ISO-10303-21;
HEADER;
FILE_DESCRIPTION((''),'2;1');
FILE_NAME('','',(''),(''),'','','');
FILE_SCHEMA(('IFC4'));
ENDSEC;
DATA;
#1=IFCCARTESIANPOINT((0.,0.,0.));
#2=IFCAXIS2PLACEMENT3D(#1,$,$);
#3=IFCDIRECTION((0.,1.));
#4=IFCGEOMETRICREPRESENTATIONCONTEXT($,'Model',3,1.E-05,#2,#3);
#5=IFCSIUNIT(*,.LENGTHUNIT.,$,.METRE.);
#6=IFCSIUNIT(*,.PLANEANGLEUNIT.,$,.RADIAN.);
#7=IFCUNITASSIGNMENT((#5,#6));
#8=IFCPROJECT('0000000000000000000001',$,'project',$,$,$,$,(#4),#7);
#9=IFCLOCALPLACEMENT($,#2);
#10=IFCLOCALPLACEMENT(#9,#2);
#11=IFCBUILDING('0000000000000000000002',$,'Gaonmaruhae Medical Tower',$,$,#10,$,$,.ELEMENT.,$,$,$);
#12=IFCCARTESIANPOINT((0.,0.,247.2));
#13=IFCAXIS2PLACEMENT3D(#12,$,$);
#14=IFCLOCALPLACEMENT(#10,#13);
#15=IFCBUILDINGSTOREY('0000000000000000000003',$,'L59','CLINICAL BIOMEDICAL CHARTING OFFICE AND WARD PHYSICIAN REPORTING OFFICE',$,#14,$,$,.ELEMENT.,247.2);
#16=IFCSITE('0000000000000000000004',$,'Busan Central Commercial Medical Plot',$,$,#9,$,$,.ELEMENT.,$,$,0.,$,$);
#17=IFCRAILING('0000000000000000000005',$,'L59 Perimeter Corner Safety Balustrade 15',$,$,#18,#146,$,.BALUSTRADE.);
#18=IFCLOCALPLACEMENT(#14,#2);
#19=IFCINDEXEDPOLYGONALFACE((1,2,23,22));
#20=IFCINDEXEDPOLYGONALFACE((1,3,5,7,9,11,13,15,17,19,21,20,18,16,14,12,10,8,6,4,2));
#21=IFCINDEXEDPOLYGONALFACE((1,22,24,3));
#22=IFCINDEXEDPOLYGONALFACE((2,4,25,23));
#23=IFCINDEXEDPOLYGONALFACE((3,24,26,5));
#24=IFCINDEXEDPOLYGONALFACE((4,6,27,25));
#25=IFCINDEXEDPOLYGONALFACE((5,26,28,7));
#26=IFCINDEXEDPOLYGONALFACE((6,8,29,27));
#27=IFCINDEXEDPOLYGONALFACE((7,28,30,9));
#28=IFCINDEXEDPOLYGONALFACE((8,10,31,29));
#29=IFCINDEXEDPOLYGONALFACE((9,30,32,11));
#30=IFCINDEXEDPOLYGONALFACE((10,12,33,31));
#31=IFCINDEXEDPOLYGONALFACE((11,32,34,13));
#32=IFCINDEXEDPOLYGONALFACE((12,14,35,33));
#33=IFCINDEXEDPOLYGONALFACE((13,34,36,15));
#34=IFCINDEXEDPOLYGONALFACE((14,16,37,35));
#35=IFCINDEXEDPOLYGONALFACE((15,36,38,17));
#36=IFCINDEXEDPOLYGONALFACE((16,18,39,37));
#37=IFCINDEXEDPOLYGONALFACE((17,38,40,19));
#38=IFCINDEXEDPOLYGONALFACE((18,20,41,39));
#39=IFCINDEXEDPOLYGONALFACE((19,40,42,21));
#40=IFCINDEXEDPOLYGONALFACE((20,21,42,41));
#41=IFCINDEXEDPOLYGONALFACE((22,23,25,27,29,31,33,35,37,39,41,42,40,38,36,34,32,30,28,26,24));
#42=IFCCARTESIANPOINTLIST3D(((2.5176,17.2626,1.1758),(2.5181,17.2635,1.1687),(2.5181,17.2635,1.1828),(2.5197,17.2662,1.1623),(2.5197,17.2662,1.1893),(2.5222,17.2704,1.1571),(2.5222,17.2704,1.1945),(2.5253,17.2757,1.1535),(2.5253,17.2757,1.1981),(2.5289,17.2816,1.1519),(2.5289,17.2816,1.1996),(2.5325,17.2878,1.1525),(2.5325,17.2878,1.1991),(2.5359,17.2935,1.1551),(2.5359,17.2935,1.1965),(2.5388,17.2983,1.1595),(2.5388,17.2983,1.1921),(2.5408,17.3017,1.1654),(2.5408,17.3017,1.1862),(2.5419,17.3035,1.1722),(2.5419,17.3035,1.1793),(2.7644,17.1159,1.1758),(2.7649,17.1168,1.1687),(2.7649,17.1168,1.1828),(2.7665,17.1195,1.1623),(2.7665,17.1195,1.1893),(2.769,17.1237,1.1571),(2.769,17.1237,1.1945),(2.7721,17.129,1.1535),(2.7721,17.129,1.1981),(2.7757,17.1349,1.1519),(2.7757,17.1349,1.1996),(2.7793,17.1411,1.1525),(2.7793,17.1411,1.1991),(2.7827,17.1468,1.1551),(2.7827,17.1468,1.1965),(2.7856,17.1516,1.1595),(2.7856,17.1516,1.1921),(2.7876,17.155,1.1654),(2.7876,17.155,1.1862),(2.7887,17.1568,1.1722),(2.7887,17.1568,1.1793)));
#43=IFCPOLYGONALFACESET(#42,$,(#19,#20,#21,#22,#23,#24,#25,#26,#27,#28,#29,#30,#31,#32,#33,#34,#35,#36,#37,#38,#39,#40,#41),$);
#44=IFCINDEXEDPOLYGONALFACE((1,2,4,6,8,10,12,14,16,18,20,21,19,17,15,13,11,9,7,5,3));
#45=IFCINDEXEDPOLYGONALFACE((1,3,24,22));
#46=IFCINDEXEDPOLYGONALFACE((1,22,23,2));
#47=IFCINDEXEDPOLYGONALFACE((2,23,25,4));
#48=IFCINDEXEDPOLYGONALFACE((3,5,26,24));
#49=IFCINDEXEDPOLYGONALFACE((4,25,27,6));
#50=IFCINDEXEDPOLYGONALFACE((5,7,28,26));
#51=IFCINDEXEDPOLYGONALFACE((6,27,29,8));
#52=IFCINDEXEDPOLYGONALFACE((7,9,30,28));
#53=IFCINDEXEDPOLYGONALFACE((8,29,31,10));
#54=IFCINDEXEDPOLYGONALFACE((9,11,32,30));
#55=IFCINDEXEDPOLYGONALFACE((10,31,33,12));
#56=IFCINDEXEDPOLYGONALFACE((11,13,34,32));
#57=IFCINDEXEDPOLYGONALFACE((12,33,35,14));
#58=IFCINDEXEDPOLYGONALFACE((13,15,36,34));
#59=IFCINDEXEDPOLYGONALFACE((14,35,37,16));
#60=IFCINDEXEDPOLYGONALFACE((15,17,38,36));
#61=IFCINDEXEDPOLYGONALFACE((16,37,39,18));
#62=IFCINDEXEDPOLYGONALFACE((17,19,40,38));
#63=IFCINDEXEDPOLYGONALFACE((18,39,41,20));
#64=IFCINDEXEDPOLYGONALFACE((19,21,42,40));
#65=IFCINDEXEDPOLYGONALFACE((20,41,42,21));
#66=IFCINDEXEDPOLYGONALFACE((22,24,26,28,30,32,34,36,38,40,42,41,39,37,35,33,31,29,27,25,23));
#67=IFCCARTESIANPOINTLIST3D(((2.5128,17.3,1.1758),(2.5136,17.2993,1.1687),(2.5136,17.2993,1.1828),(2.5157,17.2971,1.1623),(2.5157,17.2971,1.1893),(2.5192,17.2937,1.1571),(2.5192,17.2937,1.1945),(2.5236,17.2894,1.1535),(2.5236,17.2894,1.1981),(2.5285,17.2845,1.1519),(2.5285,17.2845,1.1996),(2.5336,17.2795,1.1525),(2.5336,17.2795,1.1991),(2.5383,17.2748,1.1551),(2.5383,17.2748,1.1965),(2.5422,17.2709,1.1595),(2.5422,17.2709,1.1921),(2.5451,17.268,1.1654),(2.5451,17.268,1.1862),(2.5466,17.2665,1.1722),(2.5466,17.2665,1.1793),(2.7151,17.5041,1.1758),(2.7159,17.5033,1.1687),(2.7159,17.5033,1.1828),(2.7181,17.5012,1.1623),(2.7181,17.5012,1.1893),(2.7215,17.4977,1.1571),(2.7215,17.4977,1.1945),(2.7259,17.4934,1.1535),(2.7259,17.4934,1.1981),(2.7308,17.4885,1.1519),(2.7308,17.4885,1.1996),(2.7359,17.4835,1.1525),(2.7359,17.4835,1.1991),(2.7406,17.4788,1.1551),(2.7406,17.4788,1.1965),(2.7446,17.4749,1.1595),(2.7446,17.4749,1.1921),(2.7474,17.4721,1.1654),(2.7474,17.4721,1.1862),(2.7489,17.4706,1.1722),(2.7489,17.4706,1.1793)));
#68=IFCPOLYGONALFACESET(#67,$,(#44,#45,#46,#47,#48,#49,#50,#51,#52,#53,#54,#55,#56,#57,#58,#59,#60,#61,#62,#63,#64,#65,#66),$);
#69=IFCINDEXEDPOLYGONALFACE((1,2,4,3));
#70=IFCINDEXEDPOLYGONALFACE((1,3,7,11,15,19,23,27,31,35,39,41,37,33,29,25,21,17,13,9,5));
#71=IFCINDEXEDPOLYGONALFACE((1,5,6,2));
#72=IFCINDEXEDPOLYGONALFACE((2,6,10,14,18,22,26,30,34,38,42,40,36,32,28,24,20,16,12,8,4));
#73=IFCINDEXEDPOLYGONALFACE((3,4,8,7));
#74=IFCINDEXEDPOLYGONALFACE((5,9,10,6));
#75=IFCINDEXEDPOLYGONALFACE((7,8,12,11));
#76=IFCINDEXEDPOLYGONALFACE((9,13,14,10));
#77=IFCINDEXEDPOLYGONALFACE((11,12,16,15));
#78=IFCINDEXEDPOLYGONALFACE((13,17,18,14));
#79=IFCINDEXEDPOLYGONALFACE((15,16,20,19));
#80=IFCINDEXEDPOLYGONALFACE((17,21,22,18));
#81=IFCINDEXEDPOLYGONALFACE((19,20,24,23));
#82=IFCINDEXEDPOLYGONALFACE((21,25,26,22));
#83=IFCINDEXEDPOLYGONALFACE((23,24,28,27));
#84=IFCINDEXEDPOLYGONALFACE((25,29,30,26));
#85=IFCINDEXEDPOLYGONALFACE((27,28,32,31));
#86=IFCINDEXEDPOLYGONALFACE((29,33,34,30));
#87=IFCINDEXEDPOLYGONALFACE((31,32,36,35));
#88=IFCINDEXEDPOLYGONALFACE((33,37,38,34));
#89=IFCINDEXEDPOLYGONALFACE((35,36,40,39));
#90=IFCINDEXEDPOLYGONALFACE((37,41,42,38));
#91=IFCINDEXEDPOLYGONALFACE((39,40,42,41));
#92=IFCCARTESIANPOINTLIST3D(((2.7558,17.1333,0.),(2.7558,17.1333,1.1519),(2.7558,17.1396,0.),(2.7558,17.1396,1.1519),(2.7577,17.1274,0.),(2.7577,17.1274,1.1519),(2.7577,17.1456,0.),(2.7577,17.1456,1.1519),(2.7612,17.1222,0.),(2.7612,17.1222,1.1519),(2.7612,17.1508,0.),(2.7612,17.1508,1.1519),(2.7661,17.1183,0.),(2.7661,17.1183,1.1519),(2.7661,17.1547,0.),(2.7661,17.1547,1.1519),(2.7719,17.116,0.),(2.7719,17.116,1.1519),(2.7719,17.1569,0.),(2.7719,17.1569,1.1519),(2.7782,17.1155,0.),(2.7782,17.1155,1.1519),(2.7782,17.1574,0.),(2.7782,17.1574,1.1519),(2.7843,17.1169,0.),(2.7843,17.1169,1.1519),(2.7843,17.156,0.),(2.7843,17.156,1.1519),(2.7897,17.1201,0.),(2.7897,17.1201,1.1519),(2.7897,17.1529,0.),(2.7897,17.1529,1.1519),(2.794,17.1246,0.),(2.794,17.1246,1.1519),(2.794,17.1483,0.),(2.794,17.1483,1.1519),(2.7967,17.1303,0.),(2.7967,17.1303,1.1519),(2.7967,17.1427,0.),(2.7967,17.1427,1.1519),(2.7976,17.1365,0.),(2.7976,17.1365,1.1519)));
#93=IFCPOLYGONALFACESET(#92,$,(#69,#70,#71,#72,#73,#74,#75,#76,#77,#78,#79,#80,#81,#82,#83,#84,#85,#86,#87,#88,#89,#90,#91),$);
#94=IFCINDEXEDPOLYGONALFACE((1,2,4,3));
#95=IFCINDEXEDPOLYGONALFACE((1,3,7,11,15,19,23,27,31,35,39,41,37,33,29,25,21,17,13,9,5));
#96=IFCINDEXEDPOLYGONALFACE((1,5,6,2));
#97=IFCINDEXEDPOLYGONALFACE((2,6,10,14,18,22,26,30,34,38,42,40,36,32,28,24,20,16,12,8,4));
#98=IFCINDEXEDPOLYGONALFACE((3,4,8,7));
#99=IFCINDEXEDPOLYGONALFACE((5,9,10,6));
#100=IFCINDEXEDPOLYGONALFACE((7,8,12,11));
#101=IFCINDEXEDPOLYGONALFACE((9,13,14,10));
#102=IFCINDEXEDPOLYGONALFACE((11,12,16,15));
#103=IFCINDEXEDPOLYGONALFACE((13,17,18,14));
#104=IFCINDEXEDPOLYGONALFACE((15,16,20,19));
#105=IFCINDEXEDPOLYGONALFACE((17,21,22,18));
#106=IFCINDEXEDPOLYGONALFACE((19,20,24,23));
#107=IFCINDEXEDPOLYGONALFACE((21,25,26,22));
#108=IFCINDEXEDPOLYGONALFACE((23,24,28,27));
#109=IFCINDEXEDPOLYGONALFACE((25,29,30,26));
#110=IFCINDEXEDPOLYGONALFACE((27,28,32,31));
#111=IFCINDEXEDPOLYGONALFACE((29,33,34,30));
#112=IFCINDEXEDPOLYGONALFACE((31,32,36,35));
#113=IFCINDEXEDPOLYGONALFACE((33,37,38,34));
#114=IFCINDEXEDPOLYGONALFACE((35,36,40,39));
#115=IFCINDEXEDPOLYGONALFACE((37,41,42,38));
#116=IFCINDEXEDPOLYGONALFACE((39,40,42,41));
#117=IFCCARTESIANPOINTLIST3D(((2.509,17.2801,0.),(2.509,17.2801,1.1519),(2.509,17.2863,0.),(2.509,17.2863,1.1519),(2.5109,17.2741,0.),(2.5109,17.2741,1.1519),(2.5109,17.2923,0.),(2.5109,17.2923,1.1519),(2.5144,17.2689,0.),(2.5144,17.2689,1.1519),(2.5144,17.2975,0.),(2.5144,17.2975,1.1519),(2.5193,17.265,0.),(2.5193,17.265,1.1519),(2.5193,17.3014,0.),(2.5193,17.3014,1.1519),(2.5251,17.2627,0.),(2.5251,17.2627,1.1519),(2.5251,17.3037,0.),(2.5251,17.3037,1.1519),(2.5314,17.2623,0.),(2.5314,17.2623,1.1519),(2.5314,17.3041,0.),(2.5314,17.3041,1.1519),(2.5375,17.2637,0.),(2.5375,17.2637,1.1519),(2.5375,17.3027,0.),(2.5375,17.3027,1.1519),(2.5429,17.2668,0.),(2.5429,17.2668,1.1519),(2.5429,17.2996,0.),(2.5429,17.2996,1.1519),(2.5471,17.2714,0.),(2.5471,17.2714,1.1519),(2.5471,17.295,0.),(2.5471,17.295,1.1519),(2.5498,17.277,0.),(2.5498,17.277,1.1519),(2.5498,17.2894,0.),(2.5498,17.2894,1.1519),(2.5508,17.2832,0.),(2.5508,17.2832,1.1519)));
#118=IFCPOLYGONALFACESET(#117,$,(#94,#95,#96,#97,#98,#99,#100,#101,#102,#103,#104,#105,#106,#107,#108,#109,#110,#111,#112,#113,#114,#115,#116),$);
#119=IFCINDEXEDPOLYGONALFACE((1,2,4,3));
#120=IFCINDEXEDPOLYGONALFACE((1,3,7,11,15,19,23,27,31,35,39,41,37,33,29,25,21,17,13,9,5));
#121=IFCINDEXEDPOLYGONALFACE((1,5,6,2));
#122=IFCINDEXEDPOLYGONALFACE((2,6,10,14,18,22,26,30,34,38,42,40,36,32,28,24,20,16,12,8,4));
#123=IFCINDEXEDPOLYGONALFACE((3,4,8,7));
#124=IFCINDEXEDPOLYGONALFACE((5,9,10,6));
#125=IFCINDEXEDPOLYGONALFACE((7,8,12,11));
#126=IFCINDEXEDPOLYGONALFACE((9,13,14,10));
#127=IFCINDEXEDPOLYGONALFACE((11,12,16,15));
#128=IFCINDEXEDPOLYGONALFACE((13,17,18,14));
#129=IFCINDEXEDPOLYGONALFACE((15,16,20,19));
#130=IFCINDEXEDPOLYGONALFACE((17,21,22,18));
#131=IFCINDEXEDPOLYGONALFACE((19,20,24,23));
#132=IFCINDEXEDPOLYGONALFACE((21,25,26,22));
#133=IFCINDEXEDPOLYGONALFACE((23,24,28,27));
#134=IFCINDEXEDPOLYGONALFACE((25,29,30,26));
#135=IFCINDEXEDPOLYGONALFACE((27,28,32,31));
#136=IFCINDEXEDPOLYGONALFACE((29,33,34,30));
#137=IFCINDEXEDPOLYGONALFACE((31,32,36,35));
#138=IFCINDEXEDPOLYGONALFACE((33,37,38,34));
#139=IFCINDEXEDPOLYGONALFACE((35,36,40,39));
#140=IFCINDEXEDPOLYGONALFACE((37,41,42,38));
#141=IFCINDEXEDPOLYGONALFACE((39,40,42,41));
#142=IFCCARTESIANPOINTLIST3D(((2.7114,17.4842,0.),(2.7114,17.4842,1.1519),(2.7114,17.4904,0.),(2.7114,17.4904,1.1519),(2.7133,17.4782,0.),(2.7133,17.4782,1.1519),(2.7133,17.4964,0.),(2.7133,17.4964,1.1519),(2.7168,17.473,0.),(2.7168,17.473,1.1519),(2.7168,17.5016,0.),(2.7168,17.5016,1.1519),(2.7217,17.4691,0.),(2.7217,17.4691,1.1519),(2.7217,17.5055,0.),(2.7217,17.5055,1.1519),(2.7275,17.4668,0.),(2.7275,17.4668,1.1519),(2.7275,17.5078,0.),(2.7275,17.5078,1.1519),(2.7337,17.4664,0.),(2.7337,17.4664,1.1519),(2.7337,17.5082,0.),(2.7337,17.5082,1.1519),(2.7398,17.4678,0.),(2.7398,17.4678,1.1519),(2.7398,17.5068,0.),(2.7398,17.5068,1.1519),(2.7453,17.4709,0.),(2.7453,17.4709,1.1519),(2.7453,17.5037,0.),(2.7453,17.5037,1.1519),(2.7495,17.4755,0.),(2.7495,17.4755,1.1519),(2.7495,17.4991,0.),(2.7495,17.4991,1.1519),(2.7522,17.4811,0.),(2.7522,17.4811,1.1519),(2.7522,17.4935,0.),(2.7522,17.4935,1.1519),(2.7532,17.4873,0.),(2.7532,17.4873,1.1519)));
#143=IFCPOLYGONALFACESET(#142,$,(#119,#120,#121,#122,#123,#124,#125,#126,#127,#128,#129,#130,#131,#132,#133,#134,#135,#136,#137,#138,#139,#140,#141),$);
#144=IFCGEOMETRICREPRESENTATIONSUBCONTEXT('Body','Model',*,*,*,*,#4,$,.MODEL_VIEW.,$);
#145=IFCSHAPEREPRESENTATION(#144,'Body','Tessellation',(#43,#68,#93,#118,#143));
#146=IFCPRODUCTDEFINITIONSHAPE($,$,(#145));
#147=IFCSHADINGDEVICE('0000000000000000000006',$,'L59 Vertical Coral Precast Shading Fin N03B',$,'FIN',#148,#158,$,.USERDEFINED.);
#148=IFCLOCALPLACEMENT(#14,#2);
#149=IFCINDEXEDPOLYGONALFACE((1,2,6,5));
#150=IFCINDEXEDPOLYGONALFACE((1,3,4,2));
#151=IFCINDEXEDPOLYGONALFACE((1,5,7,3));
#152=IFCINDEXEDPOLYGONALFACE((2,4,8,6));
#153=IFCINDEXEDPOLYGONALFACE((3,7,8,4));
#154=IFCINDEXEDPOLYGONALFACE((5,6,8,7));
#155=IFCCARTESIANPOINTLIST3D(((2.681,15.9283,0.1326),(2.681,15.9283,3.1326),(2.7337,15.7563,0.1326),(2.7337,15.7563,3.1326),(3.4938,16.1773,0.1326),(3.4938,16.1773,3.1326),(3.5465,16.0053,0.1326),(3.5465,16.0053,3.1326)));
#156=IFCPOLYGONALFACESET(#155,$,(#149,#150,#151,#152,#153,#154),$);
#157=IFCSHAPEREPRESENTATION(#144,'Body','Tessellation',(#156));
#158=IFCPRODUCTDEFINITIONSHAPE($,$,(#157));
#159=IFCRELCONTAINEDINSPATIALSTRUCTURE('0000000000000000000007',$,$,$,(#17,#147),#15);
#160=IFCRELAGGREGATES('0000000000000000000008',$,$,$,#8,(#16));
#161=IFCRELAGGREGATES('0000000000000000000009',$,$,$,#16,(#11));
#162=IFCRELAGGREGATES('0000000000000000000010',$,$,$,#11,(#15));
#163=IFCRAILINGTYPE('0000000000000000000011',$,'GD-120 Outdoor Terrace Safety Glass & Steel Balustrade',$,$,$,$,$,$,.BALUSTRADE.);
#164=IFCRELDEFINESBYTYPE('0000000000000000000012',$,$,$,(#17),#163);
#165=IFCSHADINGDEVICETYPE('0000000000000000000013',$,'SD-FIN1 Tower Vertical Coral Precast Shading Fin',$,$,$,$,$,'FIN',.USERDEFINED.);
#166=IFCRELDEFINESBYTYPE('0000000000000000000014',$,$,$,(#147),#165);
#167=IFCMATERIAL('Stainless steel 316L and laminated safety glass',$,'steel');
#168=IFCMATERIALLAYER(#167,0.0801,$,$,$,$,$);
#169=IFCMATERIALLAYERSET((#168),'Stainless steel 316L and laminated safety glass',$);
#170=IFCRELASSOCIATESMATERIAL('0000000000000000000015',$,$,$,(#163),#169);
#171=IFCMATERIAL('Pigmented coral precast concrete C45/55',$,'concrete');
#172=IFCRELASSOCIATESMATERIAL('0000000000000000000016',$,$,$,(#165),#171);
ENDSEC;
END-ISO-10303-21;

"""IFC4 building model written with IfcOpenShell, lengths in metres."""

from ifc_helpers import new_model, si_unit, direction, frame, origin, origin_2d, place, context, subcontext, project, spatial, rectangle, circle, extrude, material, layer, layer_set, type_object, element, save


model = new_model("IFC4")

# Units and contexts
model_context = context("Model", 3, precision=1e-05, world=origin(), true_north=direction((0.0, 1.0)))
body_context = subcontext(model_context, "Body", "Model", "MODEL_VIEW")
ifc_project = project(units=[si_unit("LENGTHUNIT", "METRE"), si_unit("PLANEANGLEUNIT", "RADIAN")], contexts=[model_context])

# Site, building, storey
site_placement = place(None, origin())
site = spatial("IfcSite", under=ifc_project, at=site_placement, Name="Busan Central Commercial Medical Plot", CompositionType="ELEMENT", RefElevation=0.0)
building_placement = place(site_placement, origin())
building = spatial("IfcBuilding", under=site, at=building_placement, Name="Gaonmaruhae Medical Tower", CompositionType="ELEMENT")
storey_placement = place(building_placement, frame((0.0, 0.0, 247.2)))
storey = spatial("IfcBuildingStorey", under=building, at=storey_placement, Name="L59", Description="CLINICAL BIOMEDICAL CHARTING OFFICE AND WARD PHYSICIAN REPORTING OFFICE", CompositionType="ELEMENT", Elevation=247.2)

# Railing
ifc_material_1 = material(Name="Stainless steel 316L and laminated safety glass", Category="steel")
ifc_layer_1 = layer(ifc_material_1, 0.0801)
ifc_layer_set_1 = layer_set([ifc_layer_1], Name="Stainless steel 316L and laminated safety glass")
railing_type = type_object("IfcRailingType", Name="GD-120 Outdoor Terrace Safety Glass & Steel Balustrade", PredefinedType="BALUSTRADE", material=ifc_layer_set_1)
railing_1_placement = place(storey_placement, frame((2.7766, 17.1365, 0.0)))
element("IfcRailing", 1, at=railing_1_placement, inside=storey, type_object=railing_type, Name="L59 Perimeter Corner Safety Balustrade 15", PredefinedType="BALUSTRADE", context=body_context, shape_type="SweptSolid", body=[
    extrude(circle(Radius=0.0239, at=origin_2d()), frame((0.0, 0.0, 1.1758), z_axis=(-0.859586, 0.510991, 0.0), x_axis=(-0.510991, -0.859586, 0.0)), (0.0, 0.0, 1.0), 0.2871),
    extrude(circle(Radius=0.0239, at=origin_2d()), frame((-0.2468, 0.1467, 1.1758), z_axis=(0.704128, 0.710073, 0.0), x_axis=(-0.710073, 0.704128, 0.0)), (0.0, 0.0, 1.0), 0.2874),
    extrude(circle(Radius=0.021, at=origin_2d()), origin(), (0.0, 0.0, 1.0), 1.1519),
    extrude(circle(Radius=0.021, at=origin_2d()), frame((-0.2468, 0.1467, 0.0)), (0.0, 0.0, 1.0), 1.1519),
    extrude(circle(Radius=0.021, at=origin_2d()), frame((-0.0444, 0.3508, 0.0)), (0.0, 0.0, 1.0), 1.1519),
])

# Shading device
ifc_material_2 = material(Name="Pigmented coral precast concrete C45/55", Category="concrete")
shading_device_type = type_object("IfcShadingDeviceType", Name="SD-FIN1 Tower Vertical Coral Precast Shading Fin", ElementType="FIN", PredefinedType="USERDEFINED", material=ifc_material_2)
shading_device_placement = place(storey_placement, frame((3.1138, 15.9668, 0.1326), z_axis=(0.0, 0.0, 1.0), x_axis=(-0.292922, 0.956136, 0.0)))
element("IfcShadingDevice", 2, at=shading_device_placement, inside=storey, type_object=shading_device_type, Name="L59 Vertical Coral Precast Shading Fin N03B", ObjectType="FIN", PredefinedType="USERDEFINED", context=body_context, shape_type="SweptSolid", body=[
    extrude(rectangle(XDim=0.1799, YDim=0.8501, at=origin_2d()), origin(), (0.0, 0.0, 1.0), 3.0),
])

save(model, "model.ifc")
